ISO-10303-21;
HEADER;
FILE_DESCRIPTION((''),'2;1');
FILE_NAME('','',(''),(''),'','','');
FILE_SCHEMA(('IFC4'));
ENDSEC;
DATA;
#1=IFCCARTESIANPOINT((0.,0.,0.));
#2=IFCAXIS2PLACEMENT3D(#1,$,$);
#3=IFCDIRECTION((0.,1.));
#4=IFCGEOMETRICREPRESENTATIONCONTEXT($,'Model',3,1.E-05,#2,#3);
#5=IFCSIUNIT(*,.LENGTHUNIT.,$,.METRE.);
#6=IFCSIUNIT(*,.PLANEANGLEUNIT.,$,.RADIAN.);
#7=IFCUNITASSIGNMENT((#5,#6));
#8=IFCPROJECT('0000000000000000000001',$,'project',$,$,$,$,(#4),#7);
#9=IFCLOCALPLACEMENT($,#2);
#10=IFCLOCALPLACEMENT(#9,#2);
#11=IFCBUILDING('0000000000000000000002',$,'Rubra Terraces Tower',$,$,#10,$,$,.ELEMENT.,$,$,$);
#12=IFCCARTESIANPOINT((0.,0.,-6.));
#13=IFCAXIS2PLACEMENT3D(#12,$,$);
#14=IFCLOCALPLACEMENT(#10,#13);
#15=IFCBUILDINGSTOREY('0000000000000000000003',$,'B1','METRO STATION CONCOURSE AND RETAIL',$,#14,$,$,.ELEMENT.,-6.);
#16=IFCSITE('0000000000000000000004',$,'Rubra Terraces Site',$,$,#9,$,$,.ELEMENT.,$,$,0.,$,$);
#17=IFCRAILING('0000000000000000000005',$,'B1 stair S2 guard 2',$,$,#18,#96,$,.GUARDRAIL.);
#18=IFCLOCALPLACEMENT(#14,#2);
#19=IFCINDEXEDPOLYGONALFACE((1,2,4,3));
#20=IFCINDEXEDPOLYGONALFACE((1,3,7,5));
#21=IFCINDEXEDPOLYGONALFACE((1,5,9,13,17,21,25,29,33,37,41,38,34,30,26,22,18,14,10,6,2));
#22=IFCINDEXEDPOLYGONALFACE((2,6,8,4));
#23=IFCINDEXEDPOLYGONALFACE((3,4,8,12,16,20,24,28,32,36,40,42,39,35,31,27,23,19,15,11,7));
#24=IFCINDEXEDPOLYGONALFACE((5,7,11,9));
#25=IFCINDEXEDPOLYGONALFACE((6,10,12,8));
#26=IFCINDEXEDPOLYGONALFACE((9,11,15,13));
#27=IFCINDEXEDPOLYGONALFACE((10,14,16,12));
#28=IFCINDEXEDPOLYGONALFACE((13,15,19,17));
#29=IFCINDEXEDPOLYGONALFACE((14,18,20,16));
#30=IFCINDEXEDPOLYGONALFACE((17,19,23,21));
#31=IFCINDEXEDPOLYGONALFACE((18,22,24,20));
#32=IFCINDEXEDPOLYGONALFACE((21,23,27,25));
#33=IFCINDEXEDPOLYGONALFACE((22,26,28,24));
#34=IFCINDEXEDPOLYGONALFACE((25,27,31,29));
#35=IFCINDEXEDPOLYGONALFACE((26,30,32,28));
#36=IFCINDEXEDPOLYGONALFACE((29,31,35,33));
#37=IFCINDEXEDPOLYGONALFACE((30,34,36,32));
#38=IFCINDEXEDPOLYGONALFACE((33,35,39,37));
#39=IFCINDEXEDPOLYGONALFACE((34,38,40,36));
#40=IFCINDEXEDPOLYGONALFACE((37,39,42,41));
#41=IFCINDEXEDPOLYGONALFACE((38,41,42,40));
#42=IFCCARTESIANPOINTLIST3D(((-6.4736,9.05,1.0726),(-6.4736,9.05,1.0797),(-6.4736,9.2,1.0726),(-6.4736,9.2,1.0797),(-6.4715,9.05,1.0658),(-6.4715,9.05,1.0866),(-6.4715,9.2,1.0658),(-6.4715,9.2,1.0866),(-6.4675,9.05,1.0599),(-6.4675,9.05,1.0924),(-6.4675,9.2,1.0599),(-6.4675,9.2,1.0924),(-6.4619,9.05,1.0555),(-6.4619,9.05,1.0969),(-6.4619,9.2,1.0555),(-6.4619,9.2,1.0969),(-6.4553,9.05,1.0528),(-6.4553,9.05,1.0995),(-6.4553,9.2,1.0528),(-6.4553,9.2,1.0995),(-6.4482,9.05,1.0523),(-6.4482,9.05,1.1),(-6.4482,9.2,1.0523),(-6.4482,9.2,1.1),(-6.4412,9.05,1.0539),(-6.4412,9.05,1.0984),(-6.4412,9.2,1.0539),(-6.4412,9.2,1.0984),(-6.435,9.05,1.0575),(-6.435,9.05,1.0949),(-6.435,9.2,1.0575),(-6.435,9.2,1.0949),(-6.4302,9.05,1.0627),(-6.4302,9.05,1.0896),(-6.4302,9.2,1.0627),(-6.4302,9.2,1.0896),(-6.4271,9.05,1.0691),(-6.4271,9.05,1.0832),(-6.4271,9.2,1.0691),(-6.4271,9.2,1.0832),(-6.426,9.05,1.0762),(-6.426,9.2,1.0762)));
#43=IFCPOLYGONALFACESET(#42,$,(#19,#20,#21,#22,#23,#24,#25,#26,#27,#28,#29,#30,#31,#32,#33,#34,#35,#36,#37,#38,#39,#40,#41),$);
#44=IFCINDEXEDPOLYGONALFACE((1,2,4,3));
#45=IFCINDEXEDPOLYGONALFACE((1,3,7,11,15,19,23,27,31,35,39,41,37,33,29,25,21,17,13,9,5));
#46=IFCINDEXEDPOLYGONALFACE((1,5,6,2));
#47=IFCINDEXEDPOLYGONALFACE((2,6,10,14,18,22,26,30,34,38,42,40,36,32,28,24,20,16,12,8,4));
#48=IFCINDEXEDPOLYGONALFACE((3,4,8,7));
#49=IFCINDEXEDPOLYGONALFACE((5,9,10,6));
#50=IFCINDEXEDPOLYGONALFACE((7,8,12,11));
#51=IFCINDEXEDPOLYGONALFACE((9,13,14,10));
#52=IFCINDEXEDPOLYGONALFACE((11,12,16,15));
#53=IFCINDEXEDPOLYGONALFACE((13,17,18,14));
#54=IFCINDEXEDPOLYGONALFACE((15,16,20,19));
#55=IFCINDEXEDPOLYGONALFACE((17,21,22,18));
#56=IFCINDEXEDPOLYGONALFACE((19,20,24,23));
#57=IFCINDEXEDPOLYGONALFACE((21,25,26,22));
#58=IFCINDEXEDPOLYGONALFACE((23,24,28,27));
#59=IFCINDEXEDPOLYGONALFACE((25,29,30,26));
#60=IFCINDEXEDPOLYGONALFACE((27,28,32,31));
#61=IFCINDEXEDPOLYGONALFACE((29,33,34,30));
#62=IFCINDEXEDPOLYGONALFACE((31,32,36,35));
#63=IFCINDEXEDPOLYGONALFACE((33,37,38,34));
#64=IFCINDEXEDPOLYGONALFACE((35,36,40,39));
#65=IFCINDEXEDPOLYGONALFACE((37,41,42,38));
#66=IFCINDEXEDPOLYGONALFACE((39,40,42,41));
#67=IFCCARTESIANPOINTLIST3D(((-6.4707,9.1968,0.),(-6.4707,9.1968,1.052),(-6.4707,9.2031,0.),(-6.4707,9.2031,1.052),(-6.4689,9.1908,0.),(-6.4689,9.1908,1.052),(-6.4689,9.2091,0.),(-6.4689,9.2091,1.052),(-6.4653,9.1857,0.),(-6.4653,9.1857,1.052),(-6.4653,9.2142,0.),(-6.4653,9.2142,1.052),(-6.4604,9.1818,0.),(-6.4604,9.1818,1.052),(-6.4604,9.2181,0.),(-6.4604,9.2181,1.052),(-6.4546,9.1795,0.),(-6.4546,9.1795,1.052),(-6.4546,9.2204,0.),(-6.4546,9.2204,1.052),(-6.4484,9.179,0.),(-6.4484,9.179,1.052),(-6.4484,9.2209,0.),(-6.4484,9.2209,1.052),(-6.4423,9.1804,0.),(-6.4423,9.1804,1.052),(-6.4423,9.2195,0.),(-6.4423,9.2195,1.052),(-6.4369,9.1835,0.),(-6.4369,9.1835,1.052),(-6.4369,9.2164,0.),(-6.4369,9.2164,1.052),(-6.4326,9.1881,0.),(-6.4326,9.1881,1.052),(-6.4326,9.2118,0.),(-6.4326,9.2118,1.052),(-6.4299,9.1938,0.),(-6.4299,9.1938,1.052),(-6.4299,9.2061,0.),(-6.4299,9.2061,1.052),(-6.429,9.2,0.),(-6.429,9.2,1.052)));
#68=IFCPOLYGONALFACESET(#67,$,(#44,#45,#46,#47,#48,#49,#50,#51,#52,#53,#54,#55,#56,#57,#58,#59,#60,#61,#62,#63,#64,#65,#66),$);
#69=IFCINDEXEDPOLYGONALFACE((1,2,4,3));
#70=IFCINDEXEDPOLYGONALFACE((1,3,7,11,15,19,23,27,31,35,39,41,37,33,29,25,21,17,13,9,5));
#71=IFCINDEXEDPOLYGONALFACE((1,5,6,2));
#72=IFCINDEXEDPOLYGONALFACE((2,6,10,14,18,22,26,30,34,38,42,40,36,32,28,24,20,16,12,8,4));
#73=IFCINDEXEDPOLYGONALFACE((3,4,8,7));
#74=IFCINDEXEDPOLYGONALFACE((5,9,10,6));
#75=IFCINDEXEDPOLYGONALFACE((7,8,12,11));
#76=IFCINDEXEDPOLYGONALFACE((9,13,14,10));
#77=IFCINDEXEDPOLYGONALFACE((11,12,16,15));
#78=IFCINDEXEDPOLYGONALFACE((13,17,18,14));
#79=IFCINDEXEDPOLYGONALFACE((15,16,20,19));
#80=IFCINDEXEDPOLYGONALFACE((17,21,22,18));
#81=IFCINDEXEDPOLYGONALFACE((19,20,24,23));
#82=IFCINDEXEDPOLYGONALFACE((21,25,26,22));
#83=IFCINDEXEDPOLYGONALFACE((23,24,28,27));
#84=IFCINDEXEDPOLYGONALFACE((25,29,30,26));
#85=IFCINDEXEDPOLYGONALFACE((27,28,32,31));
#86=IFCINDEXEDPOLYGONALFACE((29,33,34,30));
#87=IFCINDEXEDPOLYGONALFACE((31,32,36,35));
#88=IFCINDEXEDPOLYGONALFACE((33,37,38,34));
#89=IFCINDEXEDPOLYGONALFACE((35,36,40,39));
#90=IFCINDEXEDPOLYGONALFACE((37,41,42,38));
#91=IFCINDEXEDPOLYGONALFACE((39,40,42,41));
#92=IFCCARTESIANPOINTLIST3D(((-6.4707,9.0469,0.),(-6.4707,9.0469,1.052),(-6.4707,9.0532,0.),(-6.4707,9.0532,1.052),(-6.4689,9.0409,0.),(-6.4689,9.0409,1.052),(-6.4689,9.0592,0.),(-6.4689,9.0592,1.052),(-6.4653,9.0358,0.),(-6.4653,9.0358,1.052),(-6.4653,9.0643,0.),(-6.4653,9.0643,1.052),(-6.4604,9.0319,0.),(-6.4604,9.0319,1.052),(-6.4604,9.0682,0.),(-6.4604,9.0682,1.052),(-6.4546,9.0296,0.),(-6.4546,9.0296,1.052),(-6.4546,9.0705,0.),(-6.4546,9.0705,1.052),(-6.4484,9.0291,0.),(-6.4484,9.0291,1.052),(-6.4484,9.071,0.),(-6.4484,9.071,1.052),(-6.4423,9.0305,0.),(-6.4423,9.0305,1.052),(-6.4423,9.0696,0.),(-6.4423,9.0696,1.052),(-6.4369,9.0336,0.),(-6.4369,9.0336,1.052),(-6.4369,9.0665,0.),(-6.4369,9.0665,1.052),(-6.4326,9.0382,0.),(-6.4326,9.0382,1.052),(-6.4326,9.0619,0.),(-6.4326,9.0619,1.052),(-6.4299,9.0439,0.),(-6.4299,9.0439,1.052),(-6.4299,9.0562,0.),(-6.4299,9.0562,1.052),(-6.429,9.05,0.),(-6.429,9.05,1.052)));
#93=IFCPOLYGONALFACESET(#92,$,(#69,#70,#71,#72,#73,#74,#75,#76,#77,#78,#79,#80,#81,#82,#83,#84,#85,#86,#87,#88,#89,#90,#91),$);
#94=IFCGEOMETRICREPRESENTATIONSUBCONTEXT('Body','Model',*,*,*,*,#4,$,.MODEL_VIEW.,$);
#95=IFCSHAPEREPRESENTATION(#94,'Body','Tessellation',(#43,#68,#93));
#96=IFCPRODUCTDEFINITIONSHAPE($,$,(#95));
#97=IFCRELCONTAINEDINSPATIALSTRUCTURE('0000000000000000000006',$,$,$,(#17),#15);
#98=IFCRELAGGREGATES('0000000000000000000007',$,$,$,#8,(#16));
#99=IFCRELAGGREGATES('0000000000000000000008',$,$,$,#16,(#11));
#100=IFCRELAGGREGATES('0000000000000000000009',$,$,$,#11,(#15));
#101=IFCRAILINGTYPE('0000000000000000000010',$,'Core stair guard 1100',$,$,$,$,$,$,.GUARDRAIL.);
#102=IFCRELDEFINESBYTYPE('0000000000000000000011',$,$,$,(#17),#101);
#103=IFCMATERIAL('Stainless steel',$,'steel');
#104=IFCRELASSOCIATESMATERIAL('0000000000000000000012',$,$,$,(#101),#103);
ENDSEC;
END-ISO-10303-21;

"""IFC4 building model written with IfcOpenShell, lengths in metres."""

from ifc_helpers import new_model, si_unit, direction, frame, origin, origin_2d, place, context, subcontext, project, spatial, circle, extrude, material, type_object, element, save


model = new_model("IFC4")

# Units and contexts
model_context = context("Model", 3, precision=1e-05, world=origin(), true_north=direction((0.0, 1.0)))
body_context = subcontext(model_context, "Body", "Model", "MODEL_VIEW")
ifc_project = project(units=[si_unit("LENGTHUNIT", "METRE"), si_unit("PLANEANGLEUNIT", "RADIAN")], contexts=[model_context])

# Site, building, storey
site_placement = place(None, origin())
site = spatial("IfcSite", under=ifc_project, at=site_placement, Name="Rubra Terraces Site", CompositionType="ELEMENT", RefElevation=0.0)
building_placement = place(site_placement, origin())
building = spatial("IfcBuilding", under=site, at=building_placement, Name="Rubra Terraces Tower", CompositionType="ELEMENT")
storey_placement = place(building_placement, frame((0.0, 0.0, -6.0)))
storey = spatial("IfcBuildingStorey", under=building, at=storey_placement, Name="B1", Description="METRO STATION CONCOURSE AND RETAIL", CompositionType="ELEMENT", Elevation=-6.0)

# Shared definitions
ifc_material_1 = material(Name="Stainless steel", Category="steel")

# Railing
railing_type_1 = type_object("IfcRailingType", Name="Core stair guard 1100", PredefinedType="GUARDRAIL", material=ifc_material_1)
railing_1_placement = place(storey_placement, frame((-6.45, 9.2, 0.0)))
element("IfcRailing", 1, at=railing_1_placement, inside=storey, type_object=railing_type_1, Name="B1 stair S2 guard 2", PredefinedType="GUARDRAIL", context=body_context, shape_type="SweptSolid", body=[
    extrude(circle(Radius=0.0239, at=origin_2d()), frame((0.0, 0.0, 1.0762), z_axis=(0.0, -1.0, 0.0), x_axis=(1.0, 0.0, 0.0)), (0.0, 0.0, 1.0), 0.1499),
    extrude(circle(Radius=0.021, at=origin_2d()), origin(), (0.0, 0.0, 1.0), 1.052),
    extrude(circle(Radius=0.021, at=origin_2d()), frame((0.0, -0.1499, 0.0)), (0.0, 0.0, 1.0), 1.052),
])

save(model, "model.ifc")
